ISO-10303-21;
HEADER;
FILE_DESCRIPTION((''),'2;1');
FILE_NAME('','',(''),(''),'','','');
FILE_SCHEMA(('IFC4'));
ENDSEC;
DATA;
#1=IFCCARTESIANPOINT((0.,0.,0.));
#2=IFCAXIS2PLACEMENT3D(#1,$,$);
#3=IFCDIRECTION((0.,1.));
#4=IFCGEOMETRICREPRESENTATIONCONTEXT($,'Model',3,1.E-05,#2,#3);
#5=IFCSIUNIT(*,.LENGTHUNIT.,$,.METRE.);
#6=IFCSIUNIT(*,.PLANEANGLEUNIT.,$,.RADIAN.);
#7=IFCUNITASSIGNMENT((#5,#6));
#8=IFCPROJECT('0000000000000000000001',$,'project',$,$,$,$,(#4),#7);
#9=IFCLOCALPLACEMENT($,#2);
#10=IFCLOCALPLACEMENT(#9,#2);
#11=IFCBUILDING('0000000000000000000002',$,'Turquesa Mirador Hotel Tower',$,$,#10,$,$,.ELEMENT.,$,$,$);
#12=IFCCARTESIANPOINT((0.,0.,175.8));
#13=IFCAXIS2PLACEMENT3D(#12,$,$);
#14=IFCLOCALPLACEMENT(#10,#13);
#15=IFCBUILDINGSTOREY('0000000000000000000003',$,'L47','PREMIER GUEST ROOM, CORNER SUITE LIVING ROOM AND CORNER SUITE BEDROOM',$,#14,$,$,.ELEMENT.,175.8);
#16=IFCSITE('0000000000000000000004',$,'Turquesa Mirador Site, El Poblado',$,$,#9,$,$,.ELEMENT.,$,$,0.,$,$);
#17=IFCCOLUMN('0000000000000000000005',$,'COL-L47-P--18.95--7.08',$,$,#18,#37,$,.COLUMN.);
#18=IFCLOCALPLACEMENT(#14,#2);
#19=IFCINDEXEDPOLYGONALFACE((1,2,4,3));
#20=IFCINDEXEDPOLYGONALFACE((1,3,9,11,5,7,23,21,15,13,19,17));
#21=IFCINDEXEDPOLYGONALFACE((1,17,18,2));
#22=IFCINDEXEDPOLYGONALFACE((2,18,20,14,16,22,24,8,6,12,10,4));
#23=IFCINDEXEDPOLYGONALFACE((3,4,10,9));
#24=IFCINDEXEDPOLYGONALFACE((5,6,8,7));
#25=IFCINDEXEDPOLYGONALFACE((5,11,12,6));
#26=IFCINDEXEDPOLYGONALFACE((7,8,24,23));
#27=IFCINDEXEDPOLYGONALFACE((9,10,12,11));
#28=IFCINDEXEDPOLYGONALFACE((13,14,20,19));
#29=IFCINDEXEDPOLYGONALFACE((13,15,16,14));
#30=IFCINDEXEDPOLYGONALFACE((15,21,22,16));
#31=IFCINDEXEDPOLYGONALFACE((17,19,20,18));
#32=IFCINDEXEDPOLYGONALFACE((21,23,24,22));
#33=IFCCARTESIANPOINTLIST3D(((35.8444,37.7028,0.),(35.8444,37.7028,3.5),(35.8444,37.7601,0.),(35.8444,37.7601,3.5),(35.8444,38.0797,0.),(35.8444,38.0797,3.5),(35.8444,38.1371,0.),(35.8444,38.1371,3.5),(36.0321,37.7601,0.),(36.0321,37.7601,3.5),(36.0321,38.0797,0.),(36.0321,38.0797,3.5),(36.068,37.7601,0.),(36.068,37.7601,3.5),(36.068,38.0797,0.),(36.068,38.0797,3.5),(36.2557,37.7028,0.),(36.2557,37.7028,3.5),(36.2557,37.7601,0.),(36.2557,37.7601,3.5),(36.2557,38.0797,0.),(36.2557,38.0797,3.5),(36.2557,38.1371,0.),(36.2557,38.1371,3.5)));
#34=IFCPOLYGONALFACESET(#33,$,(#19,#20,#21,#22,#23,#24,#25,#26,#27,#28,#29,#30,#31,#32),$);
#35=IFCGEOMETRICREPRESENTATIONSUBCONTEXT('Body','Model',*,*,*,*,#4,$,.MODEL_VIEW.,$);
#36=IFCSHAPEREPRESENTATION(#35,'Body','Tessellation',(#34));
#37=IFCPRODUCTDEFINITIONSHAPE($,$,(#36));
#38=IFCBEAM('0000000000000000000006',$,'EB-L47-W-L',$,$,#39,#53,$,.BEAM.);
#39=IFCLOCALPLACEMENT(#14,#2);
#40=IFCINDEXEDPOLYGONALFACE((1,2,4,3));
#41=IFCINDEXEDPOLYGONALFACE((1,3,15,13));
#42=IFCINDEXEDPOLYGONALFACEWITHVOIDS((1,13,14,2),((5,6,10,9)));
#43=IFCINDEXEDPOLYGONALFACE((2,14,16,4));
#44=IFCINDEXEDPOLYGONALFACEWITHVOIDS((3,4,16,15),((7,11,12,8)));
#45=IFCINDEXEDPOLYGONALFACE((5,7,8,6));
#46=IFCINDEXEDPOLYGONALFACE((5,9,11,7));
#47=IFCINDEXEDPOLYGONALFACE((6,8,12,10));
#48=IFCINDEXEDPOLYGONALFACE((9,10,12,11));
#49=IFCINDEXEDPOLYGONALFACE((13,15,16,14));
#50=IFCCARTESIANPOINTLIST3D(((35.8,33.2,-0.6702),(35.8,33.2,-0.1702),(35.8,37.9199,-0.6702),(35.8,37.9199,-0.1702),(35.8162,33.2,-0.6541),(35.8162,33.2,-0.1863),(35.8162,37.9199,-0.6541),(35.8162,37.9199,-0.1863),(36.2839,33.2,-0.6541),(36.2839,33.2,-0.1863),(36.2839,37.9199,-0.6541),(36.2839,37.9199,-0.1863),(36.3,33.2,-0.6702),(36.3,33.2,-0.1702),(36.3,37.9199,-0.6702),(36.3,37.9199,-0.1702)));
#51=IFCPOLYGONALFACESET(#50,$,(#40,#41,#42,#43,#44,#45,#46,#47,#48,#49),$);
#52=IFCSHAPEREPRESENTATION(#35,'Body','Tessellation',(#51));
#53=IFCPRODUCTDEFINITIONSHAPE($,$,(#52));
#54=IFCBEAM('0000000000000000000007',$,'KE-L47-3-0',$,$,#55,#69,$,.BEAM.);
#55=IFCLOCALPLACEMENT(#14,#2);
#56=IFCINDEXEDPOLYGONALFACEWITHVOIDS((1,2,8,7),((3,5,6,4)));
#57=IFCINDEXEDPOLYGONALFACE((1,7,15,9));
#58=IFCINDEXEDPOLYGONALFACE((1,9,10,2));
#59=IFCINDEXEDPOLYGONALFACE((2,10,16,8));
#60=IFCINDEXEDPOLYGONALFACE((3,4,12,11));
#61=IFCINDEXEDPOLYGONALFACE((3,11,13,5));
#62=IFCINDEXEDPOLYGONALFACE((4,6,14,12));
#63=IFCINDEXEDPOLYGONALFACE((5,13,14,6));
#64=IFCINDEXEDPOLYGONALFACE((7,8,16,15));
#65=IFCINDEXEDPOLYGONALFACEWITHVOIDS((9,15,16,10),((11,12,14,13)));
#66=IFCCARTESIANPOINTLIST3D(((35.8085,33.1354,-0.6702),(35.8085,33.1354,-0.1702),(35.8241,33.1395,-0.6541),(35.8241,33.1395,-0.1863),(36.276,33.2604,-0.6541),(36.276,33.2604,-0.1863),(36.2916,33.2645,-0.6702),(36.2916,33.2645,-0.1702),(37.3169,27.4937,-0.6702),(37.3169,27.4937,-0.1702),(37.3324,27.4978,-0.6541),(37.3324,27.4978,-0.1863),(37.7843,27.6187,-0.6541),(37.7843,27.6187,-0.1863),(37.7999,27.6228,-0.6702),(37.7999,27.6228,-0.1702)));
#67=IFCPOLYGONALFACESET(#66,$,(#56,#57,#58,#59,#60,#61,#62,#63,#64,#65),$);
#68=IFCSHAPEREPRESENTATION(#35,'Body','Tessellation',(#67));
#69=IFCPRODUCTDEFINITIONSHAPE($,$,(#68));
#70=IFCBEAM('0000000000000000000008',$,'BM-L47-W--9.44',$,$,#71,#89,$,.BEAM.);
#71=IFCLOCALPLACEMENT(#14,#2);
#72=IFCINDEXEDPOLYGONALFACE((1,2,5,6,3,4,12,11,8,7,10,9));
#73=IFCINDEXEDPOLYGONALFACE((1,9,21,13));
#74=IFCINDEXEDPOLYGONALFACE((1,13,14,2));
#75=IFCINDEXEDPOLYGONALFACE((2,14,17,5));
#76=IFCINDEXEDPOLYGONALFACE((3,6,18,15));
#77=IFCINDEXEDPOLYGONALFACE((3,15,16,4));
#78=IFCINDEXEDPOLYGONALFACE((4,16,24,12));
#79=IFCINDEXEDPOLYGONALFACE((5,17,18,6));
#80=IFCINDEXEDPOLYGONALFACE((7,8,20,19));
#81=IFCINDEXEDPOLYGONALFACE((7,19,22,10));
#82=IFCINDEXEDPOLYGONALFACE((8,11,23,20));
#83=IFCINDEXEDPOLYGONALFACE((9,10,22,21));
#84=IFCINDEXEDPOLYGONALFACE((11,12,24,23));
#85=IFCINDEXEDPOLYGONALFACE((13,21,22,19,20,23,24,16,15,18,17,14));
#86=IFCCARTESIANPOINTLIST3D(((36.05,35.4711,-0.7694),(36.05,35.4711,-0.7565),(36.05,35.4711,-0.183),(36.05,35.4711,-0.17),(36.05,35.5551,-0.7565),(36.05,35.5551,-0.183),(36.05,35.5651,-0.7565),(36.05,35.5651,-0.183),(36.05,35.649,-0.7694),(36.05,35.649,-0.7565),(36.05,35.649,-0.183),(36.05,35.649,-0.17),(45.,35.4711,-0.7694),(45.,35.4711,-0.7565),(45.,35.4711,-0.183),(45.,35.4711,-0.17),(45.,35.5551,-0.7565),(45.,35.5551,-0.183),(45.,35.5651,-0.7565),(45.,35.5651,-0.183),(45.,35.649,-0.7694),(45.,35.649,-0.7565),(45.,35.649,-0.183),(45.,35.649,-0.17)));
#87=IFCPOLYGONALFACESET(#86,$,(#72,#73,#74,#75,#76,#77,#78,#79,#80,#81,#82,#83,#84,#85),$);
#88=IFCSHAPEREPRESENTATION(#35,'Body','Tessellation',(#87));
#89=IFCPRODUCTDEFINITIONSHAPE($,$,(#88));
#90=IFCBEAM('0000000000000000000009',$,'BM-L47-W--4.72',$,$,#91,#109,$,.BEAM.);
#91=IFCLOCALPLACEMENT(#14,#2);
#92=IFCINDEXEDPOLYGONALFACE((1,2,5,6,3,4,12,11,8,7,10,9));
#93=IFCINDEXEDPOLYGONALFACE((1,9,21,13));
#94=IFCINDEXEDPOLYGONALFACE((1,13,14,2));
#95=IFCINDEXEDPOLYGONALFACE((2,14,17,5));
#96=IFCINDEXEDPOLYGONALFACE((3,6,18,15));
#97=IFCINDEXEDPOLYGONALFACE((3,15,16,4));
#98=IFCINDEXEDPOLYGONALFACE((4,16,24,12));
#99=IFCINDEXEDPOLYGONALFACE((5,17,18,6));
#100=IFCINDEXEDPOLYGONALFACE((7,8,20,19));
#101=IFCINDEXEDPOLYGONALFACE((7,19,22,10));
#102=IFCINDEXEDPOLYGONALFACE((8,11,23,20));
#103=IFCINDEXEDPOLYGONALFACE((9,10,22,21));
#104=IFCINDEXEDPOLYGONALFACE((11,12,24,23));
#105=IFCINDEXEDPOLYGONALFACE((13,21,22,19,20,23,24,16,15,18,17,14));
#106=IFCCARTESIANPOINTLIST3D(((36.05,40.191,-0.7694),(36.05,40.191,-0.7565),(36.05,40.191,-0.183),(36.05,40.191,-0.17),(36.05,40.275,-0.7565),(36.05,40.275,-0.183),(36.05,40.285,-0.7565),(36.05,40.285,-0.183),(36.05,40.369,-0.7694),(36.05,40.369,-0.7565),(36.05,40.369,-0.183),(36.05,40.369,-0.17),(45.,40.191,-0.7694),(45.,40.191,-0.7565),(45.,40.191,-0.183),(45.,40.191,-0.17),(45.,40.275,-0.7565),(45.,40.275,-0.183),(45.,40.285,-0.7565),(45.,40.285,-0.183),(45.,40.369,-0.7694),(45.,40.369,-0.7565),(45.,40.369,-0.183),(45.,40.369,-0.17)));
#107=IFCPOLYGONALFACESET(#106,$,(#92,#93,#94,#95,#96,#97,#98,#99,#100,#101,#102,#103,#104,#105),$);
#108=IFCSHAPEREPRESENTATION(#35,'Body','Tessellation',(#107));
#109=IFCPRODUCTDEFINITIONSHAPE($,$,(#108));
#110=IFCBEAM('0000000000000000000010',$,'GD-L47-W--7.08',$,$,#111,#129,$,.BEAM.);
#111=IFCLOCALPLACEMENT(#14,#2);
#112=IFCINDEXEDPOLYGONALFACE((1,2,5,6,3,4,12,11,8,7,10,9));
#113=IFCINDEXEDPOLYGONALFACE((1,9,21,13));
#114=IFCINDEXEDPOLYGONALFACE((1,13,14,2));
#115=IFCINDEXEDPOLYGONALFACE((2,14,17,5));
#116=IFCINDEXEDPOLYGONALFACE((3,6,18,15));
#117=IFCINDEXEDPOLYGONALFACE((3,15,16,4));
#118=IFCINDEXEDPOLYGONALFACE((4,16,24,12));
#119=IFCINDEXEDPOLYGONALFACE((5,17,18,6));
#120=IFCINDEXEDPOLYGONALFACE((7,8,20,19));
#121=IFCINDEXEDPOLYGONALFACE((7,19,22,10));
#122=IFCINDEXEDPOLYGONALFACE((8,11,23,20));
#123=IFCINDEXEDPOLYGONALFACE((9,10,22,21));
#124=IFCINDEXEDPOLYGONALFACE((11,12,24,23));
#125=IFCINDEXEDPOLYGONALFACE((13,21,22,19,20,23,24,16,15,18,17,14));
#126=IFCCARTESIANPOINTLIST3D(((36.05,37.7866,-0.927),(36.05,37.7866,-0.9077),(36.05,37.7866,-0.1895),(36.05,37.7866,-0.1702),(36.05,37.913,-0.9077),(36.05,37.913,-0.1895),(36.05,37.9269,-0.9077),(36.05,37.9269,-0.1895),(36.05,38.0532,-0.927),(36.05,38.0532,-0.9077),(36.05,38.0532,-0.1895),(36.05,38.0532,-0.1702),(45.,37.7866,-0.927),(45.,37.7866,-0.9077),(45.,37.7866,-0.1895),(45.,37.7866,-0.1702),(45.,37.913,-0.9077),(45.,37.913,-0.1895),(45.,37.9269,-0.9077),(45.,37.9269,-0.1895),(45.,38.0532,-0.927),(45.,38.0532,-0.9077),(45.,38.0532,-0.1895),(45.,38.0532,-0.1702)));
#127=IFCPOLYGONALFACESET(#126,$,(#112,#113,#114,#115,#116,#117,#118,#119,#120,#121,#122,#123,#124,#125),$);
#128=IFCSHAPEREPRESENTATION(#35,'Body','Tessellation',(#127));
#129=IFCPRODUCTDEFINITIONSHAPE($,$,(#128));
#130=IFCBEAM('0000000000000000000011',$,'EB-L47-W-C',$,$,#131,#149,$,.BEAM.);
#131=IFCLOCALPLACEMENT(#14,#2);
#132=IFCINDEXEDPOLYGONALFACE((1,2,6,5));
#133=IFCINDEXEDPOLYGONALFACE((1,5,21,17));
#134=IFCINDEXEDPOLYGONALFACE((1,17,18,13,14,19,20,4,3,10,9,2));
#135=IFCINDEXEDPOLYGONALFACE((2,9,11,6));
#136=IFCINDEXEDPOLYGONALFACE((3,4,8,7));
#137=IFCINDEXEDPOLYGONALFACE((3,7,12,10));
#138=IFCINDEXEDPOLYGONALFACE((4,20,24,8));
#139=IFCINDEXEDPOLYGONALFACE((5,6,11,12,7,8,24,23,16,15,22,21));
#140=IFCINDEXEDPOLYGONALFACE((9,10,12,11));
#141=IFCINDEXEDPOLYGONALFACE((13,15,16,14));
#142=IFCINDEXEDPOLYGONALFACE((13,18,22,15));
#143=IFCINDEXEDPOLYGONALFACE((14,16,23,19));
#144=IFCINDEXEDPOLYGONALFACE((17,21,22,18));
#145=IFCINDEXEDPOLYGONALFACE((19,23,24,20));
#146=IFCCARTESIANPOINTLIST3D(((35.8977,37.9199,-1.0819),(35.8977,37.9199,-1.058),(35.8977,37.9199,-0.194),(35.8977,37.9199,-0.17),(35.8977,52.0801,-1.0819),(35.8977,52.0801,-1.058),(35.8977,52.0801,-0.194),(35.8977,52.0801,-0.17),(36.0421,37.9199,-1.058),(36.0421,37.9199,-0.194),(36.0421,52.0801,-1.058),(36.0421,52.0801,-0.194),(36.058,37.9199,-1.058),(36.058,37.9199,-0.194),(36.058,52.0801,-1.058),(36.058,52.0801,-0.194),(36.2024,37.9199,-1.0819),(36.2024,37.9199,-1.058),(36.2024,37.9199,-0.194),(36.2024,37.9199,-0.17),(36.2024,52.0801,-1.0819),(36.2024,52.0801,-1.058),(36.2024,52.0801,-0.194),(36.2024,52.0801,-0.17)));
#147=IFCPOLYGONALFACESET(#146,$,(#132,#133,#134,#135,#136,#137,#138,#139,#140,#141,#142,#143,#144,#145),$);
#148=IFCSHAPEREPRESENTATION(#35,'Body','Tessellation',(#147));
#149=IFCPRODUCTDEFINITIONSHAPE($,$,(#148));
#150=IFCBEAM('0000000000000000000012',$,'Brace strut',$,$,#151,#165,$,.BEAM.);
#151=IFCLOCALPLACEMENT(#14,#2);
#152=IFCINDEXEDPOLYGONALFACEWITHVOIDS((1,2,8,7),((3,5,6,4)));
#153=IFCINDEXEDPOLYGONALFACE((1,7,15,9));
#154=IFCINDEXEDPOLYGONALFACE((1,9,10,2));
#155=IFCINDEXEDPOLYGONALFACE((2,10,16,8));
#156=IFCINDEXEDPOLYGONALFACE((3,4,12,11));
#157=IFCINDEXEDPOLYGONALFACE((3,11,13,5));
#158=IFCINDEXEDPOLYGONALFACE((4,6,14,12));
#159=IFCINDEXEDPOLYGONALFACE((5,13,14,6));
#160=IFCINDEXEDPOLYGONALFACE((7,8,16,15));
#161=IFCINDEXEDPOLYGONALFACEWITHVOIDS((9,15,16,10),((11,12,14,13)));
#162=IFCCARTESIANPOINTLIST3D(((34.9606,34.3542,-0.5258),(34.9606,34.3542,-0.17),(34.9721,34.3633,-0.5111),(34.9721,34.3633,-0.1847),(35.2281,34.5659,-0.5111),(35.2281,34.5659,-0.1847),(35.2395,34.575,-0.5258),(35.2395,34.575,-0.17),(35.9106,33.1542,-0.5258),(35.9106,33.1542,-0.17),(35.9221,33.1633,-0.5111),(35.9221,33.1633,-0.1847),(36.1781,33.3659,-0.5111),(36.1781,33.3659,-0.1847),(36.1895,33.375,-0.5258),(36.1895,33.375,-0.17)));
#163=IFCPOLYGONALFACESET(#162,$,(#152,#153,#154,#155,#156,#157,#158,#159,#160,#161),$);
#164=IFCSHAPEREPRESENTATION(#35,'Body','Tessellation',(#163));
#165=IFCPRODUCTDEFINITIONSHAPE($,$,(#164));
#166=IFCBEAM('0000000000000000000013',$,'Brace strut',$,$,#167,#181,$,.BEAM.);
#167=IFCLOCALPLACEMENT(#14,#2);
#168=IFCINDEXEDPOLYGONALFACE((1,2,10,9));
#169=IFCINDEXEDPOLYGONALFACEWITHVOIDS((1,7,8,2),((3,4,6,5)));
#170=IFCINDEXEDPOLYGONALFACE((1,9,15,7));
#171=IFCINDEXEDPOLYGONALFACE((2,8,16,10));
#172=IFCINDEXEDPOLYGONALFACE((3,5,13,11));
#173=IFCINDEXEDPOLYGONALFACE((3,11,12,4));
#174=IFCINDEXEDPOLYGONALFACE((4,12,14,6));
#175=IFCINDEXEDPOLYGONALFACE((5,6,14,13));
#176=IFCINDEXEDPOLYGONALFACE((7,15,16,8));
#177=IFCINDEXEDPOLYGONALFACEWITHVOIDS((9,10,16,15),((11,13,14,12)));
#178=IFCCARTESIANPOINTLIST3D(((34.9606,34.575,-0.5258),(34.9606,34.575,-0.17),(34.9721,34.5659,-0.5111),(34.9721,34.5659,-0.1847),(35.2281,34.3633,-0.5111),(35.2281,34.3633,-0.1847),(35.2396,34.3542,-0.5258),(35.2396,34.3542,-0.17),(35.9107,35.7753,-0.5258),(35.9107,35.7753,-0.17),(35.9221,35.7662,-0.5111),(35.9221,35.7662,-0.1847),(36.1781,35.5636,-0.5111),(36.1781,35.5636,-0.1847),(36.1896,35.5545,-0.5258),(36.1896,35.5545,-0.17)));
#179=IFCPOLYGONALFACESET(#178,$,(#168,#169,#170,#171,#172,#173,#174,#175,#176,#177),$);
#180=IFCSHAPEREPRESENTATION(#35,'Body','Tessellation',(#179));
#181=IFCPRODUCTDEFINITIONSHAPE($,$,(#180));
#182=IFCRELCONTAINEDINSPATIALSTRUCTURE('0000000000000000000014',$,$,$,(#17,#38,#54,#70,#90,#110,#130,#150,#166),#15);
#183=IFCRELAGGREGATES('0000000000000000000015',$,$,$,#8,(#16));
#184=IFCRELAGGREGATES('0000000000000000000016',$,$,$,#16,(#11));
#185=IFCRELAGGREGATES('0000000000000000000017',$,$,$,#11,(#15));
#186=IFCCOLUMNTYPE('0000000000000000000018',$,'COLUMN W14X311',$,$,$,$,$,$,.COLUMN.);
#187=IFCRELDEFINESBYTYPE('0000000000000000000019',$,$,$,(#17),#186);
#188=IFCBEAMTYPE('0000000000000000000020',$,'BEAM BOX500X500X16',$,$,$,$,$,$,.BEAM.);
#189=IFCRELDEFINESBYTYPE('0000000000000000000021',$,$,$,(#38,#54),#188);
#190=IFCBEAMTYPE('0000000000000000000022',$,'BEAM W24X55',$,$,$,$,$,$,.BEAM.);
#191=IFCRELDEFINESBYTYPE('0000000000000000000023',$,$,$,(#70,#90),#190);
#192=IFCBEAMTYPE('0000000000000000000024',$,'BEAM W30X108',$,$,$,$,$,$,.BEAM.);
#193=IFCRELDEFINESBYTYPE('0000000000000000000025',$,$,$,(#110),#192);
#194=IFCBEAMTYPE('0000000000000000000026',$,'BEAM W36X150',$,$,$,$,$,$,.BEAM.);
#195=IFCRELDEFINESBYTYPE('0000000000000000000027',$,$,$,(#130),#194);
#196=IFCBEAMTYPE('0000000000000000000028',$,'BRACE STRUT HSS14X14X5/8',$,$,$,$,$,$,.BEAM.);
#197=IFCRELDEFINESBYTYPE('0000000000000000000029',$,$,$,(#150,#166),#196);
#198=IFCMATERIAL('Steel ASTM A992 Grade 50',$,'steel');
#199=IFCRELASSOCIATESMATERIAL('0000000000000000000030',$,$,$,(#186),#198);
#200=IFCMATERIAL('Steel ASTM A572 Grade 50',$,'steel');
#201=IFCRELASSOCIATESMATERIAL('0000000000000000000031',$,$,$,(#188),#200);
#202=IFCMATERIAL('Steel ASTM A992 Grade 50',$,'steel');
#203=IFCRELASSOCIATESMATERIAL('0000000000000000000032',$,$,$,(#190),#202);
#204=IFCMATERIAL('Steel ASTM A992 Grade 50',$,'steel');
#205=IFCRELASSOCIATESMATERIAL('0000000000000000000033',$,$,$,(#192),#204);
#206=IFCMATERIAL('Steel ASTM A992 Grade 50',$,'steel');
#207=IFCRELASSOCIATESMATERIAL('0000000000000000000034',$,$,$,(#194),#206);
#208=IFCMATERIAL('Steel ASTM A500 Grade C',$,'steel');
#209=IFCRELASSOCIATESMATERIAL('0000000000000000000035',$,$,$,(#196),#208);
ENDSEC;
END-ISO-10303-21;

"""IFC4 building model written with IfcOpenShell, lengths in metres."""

from ifc_helpers import new_model, si_unit, direction, frame, origin, origin_2d, place, context, subcontext, project, spatial, hollow_rectangle, i_section, extrude, material, material_profile, profile_set, type_object, element, save


model = new_model("IFC4")

# Units and contexts
model_context = context("Model", 3, precision=1e-05, world=origin(), true_north=direction((0.0, 1.0)))
body_context = subcontext(model_context, "Body", "Model", "MODEL_VIEW")
ifc_project = project(units=[si_unit("LENGTHUNIT", "METRE"), si_unit("PLANEANGLEUNIT", "RADIAN")], contexts=[model_context])

# Site, building, storey
site_placement = place(None, origin())
site = spatial("IfcSite", under=ifc_project, at=site_placement, Name="Turquesa Mirador Site, El Poblado", CompositionType="ELEMENT", RefElevation=0.0)
building_placement = place(site_placement, origin())
building = spatial("IfcBuilding", under=site, at=building_placement, Name="Turquesa Mirador Hotel Tower", CompositionType="ELEMENT")
storey_placement = place(building_placement, frame((0.0, 0.0, 175.8)))
storey = spatial("IfcBuildingStorey", under=building, at=storey_placement, Name="L47", Description="PREMIER GUEST ROOM, CORNER SUITE LIVING ROOM AND CORNER SUITE BEDROOM", CompositionType="ELEMENT", Elevation=175.8)

# Column
ifc_material_1 = material(Name="Steel ASTM A992 Grade 50", Category="steel")
ifc_material_profile_1 = material_profile(ifc_material_1, i_section(OverallWidth=0.4114, OverallDepth=0.4343, WebThickness=0.0359, FlangeThickness=0.0574, at=origin_2d()), Name="W14X311")
ifc_profile_set_1 = profile_set([ifc_material_profile_1], Name="Steel ASTM A992 Grade 50")
column_type = type_object("IfcColumnType", Name="COLUMN W14X311", PredefinedType="COLUMN", material=ifc_profile_set_1)
column_placement = place(storey_placement, frame((36.05, 37.9199, 0.0), z_axis=(0.0, 0.0, 1.0), x_axis=(1.0, 0.0, 0.0)))
element("IfcColumn", 1, at=column_placement, inside=storey, type_object=column_type, Name="COL-L47-P--18.95--7.08", PredefinedType="COLUMN", context=body_context, shape_type="SweptSolid", body=[
    extrude(i_section(OverallWidth=0.4114, OverallDepth=0.4343, WebThickness=0.0359, FlangeThickness=0.0574, at=origin_2d()), origin(), (0.0, 0.0, 1.0), 3.5),
])

# Beams
ifc_material_2 = material(Name="Steel ASTM A572 Grade 50", Category="steel")
ifc_material_profile_2 = material_profile(ifc_material_2, hollow_rectangle(XDim=0.5, YDim=0.5, WallThickness=0.0161, at=origin_2d()), Name="BOX500X500X16")
ifc_profile_set_2 = profile_set([ifc_material_profile_2], Name="Steel ASTM A572 Grade 50")
beam_type_1 = type_object("IfcBeamType", Name="BEAM BOX500X500X16", PredefinedType="BEAM", material=ifc_profile_set_2)
beam_1_placement = place(storey_placement, frame((36.05, 33.2, -0.4202), z_axis=(0.0, 1.0, 0.0), x_axis=(-1.0, 0.0, 0.0)))
element("IfcBeam", 2, at=beam_1_placement, inside=storey, type_object=beam_type_1, Name="EB-L47-W-L", PredefinedType="BEAM", context=body_context, shape_type="SweptSolid", body=[
    extrude(hollow_rectangle(XDim=0.5, YDim=0.5, WallThickness=0.0161, at=origin_2d()), origin(), (0.0, 0.0, 1.0), 4.72),
])
beam_2_placement = place(storey_placement, frame((36.05, 33.2, -0.4202), z_axis=(0.258282, -0.96607, 0.0), x_axis=(0.96607, 0.258282, 0.0)))
element("IfcBeam", 3, at=beam_2_placement, inside=storey, type_object=beam_type_1, Name="KE-L47-3-0", PredefinedType="BEAM", context=body_context, shape_type="SweptSolid", body=[
    extrude(hollow_rectangle(XDim=0.5, YDim=0.5, WallThickness=0.0161, at=origin_2d()), origin(), (0.0, 0.0, 1.0), 5.8398),
])
ifc_material_3 = material(Name="Steel ASTM A992 Grade 50", Category="steel")
ifc_material_profile_3 = material_profile(ifc_material_3, i_section(OverallWidth=0.178, OverallDepth=0.5994, WebThickness=0.01, FlangeThickness=0.0129, at=origin_2d()), Name="W24X55")
ifc_profile_set_3 = profile_set([ifc_material_profile_3], Name="Steel ASTM A992 Grade 50")
beam_type_2 = type_object("IfcBeamType", Name="BEAM W24X55", PredefinedType="BEAM", material=ifc_profile_set_3)
for number, where, z_axis, x_axis, name in (
    (4, (36.05, 35.5601, -0.4697), (1.0, 0.0, 0.0), (0.0, 1.0, 0.0), "BM-L47-W--9.44"),
    (5, (36.05, 40.28, -0.4697), (1.0, 0.0, 0.0), (0.0, 1.0, 0.0), "BM-L47-W--4.72"),
):
    element("IfcBeam", number, at=place(storey_placement, frame(where, z_axis=z_axis, x_axis=x_axis)), inside=storey, type_object=beam_type_2, Name=name, PredefinedType="BEAM", context=body_context, shape_type="SweptSolid", body=[
        extrude(i_section(OverallWidth=0.178, OverallDepth=0.5994, WebThickness=0.01, FlangeThickness=0.0129, at=origin_2d()), origin(), (0.0, 0.0, 1.0), 8.95),
    ])
ifc_material_4 = material(Name="Steel ASTM A992 Grade 50", Category="steel")
ifc_material_profile_4 = material_profile(ifc_material_4, i_section(OverallWidth=0.2666, OverallDepth=0.7568, WebThickness=0.0139, FlangeThickness=0.0193, at=origin_2d()), Name="W30X108")
ifc_profile_set_4 = profile_set([ifc_material_profile_4], Name="Steel ASTM A992 Grade 50")
beam_type_3 = type_object("IfcBeamType", Name="BEAM W30X108", PredefinedType="BEAM", material=ifc_profile_set_4)
beam_3_placement = place(storey_placement, frame((36.05, 37.9199, -0.5486), z_axis=(1.0, 0.0, 0.0), x_axis=(0.0, 1.0, 0.0)))
element("IfcBeam", 6, at=beam_3_placement, inside=storey, type_object=beam_type_3, Name="GD-L47-W--7.08", PredefinedType="BEAM", context=body_context, shape_type="SweptSolid", body=[
    extrude(i_section(OverallWidth=0.2666, OverallDepth=0.7568, WebThickness=0.0139, FlangeThickness=0.0193, at=origin_2d()), origin(), (0.0, 0.0, 1.0), 8.95),
])
ifc_material_5 = material(Name="Steel ASTM A992 Grade 50", Category="steel")
ifc_material_profile_5 = material_profile(ifc_material_5, i_section(OverallWidth=0.3047, OverallDepth=0.9119, WebThickness=0.0159, FlangeThickness=0.0239, at=origin_2d()), Name="W36X150")
ifc_profile_set_5 = profile_set([ifc_material_profile_5], Name="Steel ASTM A992 Grade 50")
beam_type_4 = type_object("IfcBeamType", Name="BEAM W36X150", PredefinedType="BEAM", material=ifc_profile_set_5)
beam_4_placement = place(storey_placement, frame((36.05, 37.9199, -0.626), z_axis=(0.0, 1.0, 0.0), x_axis=(-1.0, 0.0, 0.0)))
element("IfcBeam", 7, at=beam_4_placement, inside=storey, type_object=beam_type_4, Name="EB-L47-W-C", PredefinedType="BEAM", context=body_context, shape_type="SweptSolid", body=[
    extrude(i_section(OverallWidth=0.3047, OverallDepth=0.9119, WebThickness=0.0159, FlangeThickness=0.0239, at=origin_2d()), origin(), (0.0, 0.0, 1.0), 14.1602),
])
ifc_material_6 = material(Name="Steel ASTM A500 Grade C", Category="steel")
ifc_material_profile_6 = material_profile(ifc_material_6, hollow_rectangle(XDim=0.3557, YDim=0.3557, WallThickness=0.0146, at=origin_2d()), Name="HSS14X14X5/8")
ifc_profile_set_6 = profile_set([ifc_material_profile_6], Name="Steel ASTM A500 Grade C")
beam_type_5 = type_object("IfcBeamType", Name="BRACE STRUT HSS14X14X5/8", PredefinedType="BEAM", material=ifc_profile_set_6)
beam_5_placement = place(storey_placement, frame((35.1001, 34.4646, -0.3479), z_axis=(0.620699, -0.784049, 0.0), x_axis=(0.784049, 0.620699, 0.0)))
element("IfcBeam", 8, at=beam_5_placement, inside=storey, type_object=beam_type_5, Name="Brace strut", PredefinedType="BEAM", context=body_context, shape_type="SweptSolid", body=[
    extrude(hollow_rectangle(XDim=0.3557, YDim=0.3557, WallThickness=0.0146, at=origin_2d()), origin(), (0.0, 0.0, 1.0), 1.5305),
])
beam_6_placement = place(storey_placement, frame((35.1001, 34.4646, -0.3479), z_axis=(0.620621, 0.784111, 0.0), x_axis=(-0.784111, 0.620621, 0.0)))
element("IfcBeam", 9, at=beam_6_placement, inside=storey, type_object=beam_type_5, Name="Brace strut", PredefinedType="BEAM", context=body_context, shape_type="SweptSolid", body=[
    extrude(hollow_rectangle(XDim=0.3557, YDim=0.3557, WallThickness=0.0146, at=origin_2d()), origin(), (0.0, 0.0, 1.0), 1.5308),
])

save(model, "model.ifc")
